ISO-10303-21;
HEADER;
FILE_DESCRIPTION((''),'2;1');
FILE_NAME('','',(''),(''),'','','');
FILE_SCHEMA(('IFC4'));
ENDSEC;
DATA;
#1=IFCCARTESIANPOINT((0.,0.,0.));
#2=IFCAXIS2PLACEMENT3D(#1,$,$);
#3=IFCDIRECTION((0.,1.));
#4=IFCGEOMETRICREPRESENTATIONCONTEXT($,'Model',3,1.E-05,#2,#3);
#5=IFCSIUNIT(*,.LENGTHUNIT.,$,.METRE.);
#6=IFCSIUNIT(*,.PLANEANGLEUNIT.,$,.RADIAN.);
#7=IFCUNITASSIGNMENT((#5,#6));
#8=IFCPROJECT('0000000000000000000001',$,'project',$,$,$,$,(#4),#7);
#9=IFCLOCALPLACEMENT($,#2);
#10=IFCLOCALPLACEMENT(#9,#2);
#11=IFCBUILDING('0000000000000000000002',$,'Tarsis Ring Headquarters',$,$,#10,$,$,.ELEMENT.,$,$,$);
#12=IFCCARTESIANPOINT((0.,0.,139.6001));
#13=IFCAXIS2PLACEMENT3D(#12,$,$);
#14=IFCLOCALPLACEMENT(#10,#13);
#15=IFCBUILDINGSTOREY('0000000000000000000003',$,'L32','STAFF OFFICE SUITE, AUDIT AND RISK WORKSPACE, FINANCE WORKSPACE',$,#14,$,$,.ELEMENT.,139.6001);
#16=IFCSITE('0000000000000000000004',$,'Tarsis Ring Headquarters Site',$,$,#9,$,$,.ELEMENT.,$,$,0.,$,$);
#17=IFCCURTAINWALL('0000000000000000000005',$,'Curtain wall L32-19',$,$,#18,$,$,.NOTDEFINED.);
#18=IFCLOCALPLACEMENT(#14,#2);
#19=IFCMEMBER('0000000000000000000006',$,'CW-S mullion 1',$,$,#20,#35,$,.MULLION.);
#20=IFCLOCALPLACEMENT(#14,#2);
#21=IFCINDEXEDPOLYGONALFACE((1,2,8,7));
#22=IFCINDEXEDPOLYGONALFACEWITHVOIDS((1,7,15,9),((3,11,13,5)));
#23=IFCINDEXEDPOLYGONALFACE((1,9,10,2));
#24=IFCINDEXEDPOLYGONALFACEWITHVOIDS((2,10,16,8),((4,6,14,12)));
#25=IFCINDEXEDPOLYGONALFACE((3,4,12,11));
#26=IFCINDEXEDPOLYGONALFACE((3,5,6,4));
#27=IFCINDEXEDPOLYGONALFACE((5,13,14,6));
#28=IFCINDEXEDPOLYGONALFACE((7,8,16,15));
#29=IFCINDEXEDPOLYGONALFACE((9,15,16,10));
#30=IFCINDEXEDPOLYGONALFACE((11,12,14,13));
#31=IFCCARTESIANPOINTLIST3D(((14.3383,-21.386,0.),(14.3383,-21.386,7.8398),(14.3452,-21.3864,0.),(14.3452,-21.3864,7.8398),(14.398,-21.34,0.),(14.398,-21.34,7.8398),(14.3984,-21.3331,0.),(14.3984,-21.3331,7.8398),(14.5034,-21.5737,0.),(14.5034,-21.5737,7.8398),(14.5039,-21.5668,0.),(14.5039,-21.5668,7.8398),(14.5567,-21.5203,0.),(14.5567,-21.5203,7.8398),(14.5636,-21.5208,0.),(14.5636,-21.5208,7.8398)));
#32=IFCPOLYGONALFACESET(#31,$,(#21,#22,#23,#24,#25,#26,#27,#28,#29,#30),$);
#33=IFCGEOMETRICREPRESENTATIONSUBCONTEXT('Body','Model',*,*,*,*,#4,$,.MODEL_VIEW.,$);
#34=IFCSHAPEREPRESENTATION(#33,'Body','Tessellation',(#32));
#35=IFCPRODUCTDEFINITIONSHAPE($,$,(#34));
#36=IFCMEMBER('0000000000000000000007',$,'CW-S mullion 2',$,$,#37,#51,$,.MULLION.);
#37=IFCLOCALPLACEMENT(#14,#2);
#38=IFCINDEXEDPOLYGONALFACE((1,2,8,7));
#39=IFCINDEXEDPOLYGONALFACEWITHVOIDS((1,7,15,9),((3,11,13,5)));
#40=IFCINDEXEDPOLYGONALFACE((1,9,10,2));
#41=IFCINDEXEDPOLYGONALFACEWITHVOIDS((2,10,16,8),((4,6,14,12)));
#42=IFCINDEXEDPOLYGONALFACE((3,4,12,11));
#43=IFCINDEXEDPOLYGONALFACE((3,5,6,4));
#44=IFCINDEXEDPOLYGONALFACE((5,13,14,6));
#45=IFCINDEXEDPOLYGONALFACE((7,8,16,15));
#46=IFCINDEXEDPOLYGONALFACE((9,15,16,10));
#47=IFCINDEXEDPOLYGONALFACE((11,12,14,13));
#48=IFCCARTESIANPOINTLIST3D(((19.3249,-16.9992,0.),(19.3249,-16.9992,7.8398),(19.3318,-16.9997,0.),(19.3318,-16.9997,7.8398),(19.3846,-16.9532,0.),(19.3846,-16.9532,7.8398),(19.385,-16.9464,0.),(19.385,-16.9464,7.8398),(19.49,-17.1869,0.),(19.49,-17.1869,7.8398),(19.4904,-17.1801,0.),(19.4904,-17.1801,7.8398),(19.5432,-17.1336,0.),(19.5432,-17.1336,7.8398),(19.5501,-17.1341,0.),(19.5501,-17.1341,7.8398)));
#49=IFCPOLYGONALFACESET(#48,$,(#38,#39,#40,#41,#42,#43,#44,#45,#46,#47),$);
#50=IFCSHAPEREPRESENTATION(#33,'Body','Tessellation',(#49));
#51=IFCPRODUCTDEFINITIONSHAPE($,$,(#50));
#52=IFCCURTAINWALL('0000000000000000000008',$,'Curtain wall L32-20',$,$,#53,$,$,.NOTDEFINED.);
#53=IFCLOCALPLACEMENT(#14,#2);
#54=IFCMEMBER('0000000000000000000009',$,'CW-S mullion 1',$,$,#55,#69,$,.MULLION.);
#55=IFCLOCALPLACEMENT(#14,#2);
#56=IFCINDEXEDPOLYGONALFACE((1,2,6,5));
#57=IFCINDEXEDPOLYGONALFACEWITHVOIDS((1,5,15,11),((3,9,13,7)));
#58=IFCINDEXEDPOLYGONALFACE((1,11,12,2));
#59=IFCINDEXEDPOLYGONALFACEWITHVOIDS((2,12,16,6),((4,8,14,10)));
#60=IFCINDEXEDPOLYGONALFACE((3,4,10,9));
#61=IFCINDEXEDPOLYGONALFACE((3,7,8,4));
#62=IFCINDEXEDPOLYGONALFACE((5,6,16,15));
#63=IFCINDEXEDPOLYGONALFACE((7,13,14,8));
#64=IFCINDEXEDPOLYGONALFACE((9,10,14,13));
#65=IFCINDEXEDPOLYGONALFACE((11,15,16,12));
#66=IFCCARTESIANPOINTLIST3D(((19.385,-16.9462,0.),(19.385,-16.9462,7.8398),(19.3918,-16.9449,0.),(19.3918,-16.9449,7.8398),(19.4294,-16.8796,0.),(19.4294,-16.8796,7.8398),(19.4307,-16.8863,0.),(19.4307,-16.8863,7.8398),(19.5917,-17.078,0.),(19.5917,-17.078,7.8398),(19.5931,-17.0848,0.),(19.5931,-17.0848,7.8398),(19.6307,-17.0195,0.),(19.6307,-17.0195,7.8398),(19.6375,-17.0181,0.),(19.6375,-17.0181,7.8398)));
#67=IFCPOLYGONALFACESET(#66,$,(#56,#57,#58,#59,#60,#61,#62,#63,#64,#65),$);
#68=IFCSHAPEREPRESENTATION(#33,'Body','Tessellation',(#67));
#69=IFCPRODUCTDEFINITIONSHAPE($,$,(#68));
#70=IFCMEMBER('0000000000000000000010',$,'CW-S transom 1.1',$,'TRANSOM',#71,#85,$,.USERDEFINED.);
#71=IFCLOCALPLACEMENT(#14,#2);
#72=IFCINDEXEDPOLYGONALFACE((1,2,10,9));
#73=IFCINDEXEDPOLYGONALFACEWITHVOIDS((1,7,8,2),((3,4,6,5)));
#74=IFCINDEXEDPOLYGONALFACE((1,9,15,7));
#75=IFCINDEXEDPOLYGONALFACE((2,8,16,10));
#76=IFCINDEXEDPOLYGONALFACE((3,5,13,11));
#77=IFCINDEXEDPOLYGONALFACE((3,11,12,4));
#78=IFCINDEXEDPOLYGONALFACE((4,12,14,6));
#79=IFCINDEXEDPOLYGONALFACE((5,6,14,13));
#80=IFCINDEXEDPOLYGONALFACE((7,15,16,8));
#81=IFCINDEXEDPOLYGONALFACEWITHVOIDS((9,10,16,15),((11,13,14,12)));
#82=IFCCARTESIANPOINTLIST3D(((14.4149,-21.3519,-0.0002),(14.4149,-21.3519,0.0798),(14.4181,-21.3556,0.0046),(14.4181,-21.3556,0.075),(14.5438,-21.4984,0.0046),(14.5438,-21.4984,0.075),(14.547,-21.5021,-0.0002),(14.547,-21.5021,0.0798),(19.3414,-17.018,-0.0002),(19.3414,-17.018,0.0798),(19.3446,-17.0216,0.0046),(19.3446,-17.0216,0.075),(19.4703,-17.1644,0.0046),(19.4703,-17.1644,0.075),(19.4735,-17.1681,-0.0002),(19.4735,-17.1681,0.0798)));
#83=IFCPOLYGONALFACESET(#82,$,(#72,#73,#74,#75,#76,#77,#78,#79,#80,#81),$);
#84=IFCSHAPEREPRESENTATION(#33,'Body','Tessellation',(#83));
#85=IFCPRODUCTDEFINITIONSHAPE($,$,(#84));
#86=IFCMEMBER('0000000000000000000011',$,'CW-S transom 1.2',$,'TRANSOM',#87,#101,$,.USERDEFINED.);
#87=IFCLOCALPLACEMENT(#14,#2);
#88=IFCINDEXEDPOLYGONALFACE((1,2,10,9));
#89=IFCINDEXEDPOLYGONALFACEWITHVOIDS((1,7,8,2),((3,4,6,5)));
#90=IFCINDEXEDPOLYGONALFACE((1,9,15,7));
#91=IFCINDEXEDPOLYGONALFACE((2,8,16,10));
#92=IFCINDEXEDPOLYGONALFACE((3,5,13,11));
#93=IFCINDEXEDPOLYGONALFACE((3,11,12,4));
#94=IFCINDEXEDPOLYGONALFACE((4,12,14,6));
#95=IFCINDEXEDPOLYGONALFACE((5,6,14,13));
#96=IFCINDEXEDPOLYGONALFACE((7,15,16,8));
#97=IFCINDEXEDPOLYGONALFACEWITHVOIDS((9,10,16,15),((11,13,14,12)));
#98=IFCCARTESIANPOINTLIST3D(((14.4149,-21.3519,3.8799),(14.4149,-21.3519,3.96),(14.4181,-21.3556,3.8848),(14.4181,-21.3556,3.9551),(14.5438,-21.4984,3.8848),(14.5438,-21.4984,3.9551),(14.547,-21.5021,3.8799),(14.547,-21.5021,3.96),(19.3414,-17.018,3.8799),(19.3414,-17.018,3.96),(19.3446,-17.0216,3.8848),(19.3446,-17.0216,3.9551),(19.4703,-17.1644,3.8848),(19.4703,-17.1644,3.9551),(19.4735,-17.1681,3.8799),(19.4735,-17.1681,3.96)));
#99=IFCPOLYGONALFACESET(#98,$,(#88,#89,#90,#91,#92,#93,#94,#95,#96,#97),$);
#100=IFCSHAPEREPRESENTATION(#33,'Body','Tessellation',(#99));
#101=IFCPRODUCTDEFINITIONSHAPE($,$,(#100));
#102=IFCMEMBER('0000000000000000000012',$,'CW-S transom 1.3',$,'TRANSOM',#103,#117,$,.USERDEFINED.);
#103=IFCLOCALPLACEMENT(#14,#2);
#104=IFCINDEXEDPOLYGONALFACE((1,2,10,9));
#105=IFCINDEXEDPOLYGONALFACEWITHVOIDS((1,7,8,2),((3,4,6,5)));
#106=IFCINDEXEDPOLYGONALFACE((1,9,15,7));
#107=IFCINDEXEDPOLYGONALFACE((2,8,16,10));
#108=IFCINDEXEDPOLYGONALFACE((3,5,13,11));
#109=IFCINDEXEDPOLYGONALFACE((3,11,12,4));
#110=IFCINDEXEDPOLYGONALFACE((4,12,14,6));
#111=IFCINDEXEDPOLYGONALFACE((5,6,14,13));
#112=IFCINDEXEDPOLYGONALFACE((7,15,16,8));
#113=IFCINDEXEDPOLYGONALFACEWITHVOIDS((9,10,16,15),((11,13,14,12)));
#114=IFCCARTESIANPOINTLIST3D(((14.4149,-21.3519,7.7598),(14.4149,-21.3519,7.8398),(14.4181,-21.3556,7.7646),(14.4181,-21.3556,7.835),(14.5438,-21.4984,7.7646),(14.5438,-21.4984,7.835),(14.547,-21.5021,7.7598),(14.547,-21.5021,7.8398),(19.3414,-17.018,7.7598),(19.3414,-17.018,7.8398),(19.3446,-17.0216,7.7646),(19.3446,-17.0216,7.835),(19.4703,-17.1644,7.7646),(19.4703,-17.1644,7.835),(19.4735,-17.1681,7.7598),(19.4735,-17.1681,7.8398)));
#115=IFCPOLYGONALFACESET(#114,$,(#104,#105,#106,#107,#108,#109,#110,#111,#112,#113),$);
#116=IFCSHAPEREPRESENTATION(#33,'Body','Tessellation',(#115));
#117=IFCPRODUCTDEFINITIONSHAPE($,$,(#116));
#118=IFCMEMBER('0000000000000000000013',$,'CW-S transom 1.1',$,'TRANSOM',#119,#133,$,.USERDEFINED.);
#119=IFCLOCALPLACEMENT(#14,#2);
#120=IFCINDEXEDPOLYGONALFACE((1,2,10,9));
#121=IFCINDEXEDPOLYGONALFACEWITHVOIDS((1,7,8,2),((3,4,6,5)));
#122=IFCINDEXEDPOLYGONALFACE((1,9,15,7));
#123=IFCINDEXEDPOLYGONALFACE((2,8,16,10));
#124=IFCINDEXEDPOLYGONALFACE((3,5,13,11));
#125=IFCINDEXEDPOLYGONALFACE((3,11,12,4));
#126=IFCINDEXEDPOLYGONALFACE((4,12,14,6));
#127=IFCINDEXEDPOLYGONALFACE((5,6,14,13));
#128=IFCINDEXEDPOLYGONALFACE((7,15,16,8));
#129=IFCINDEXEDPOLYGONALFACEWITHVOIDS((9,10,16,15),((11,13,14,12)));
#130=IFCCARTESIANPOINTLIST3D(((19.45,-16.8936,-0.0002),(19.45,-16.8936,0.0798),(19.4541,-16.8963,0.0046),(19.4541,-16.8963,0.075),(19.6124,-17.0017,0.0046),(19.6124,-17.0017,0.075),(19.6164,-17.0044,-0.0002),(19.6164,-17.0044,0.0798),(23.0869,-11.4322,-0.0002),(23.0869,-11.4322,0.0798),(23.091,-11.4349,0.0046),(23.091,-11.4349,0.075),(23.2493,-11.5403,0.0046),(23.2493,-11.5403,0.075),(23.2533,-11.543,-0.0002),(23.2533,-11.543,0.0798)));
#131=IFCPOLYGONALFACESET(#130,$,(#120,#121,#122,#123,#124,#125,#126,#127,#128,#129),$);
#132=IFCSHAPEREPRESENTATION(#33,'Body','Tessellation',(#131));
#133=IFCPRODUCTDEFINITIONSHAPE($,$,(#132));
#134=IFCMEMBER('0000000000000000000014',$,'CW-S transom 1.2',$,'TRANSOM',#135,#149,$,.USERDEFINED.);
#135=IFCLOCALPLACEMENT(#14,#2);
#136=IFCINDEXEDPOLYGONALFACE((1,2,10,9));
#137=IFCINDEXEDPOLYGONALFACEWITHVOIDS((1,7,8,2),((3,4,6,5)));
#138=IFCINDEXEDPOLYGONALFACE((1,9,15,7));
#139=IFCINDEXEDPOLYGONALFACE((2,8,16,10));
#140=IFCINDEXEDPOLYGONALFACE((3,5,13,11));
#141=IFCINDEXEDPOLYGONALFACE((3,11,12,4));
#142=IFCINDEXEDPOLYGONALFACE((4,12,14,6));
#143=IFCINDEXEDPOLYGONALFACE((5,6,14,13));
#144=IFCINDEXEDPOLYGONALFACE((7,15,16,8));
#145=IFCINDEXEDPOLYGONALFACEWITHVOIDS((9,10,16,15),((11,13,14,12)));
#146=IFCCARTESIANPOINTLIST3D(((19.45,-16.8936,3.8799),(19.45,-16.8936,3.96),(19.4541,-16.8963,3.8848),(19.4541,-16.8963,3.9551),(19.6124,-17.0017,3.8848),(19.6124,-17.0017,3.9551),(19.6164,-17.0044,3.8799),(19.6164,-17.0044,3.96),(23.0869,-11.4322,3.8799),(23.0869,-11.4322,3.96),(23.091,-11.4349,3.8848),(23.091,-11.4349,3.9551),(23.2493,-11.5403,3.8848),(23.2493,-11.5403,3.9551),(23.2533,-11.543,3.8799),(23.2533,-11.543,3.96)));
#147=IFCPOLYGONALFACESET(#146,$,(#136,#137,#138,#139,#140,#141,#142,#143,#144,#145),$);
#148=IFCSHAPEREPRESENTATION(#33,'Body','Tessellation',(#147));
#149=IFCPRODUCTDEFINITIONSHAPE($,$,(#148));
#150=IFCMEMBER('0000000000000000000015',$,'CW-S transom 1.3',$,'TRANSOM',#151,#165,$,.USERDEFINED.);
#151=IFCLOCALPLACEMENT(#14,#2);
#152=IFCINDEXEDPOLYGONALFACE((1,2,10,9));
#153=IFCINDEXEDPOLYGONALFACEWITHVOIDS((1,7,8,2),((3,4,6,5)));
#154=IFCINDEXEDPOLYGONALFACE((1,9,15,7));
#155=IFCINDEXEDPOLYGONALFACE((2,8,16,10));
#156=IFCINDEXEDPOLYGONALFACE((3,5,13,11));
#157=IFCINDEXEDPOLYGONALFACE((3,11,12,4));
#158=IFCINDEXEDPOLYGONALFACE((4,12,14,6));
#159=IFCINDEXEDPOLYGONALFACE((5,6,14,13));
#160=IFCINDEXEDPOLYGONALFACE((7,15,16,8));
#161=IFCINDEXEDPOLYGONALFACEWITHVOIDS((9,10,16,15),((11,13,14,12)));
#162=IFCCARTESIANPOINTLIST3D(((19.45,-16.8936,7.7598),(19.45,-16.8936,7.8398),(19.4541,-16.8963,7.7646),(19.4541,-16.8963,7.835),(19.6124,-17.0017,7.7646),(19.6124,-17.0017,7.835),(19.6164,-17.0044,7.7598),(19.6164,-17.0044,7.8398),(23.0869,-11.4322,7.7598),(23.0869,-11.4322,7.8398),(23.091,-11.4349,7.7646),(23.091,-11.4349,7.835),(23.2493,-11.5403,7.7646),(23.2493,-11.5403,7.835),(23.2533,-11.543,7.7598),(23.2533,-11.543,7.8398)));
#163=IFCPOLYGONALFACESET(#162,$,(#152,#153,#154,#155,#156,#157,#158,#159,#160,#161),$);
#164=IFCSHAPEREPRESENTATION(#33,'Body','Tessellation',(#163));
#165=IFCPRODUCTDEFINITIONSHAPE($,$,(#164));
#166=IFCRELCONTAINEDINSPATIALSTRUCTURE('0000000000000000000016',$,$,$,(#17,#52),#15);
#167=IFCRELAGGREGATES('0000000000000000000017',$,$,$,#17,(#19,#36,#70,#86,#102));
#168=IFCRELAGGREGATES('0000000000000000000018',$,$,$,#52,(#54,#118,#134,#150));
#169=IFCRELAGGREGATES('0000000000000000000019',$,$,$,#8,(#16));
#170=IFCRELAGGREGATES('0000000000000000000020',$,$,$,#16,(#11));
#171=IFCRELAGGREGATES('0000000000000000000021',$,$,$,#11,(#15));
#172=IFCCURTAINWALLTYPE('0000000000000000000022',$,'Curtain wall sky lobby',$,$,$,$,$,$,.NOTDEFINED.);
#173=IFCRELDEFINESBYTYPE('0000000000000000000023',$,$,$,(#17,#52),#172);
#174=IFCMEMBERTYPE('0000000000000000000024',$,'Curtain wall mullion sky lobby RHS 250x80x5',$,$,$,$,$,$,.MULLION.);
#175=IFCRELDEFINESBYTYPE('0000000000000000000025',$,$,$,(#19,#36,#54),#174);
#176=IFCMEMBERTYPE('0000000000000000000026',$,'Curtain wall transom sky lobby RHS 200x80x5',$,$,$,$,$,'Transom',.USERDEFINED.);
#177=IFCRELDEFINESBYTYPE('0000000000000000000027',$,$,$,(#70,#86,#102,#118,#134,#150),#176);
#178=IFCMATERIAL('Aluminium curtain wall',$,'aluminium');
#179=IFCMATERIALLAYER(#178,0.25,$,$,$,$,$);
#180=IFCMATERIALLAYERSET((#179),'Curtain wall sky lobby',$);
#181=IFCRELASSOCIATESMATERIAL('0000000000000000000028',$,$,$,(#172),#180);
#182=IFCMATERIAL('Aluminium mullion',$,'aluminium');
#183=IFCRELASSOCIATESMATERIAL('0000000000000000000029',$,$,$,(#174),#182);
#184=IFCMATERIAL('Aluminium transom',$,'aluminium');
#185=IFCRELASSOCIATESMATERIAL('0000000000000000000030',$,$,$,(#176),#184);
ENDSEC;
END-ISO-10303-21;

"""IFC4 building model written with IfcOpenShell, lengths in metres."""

from ifc_helpers import new_model, si_unit, direction, frame, origin, origin_2d, place, context, subcontext, project, spatial, hollow_rectangle, extrude, material, layer, layer_set, material_profile, profile_set, type_object, element, aggregate, save


model = new_model("IFC4")

# Units and contexts
model_context = context("Model", 3, precision=1e-05, world=origin(), true_north=direction((0.0, 1.0)))
body_context = subcontext(model_context, "Body", "Model", "MODEL_VIEW")
ifc_project = project(units=[si_unit("LENGTHUNIT", "METRE"), si_unit("PLANEANGLEUNIT", "RADIAN")], contexts=[model_context])

# Site, building, storey
site_placement = place(None, origin())
site = spatial("IfcSite", under=ifc_project, at=site_placement, Name="Tarsis Ring Headquarters Site", CompositionType="ELEMENT", RefElevation=0.0)
building_placement = place(site_placement, origin())
building = spatial("IfcBuilding", under=site, at=building_placement, Name="Tarsis Ring Headquarters", CompositionType="ELEMENT")
storey_placement = place(building_placement, frame((0.0, 0.0, 139.6001)))
storey = spatial("IfcBuildingStorey", under=building, at=storey_placement, Name="L32", Description="STAFF OFFICE SUITE, AUDIT AND RISK WORKSPACE, FINANCE WORKSPACE", CompositionType="ELEMENT", Elevation=139.6001)

# Shared definitions
ifc_material_1 = material(Name="Aluminium curtain wall", Category="aluminium")
ifc_layer_1 = layer(ifc_material_1, 0.25)
ifc_layer_set_1 = layer_set([ifc_layer_1], Name="Curtain wall sky lobby")
curtain_wall_type = type_object("IfcCurtainWallType", Name="Curtain wall sky lobby", PredefinedType="NOTDEFINED", material=ifc_layer_set_1)
ifc_material_2 = material(Name="Aluminium mullion", Category="aluminium")
ifc_material_profile_1 = material_profile(ifc_material_2, hollow_rectangle(XDim=0.25, YDim=0.0801, WallThickness=0.0049, at=origin_2d()), Name="RHS 250x80x5")
ifc_profile_set_1 = profile_set([ifc_material_profile_1], Name="Aluminium mullion")
member_type_1 = type_object("IfcMemberType", Name="Curtain wall mullion sky lobby RHS 250x80x5", PredefinedType="MULLION", material=ifc_profile_set_1)

# Curtain wall, members
curtain_wall_1_placement = place(storey_placement, origin())
curtain_wall_1 = element("IfcCurtainWall", 1, at=curtain_wall_1_placement, inside=storey, type_object=curtain_wall_type, Name="Curtain wall L32-19", PredefinedType="NOTDEFINED")
member_1_placement = place(storey_placement, frame((14.4509, -21.4534, 0.0), z_axis=(0.0, 0.0, 1.0), x_axis=(-0.660526, 0.750803, 0.0)))
member_1 = element("IfcMember", 2, at=member_1_placement, type_object=member_type_1, Name="CW-S mullion 1", PredefinedType="MULLION", context=body_context, shape_type="SweptSolid", body=[
    extrude(hollow_rectangle(XDim=0.25, YDim=0.0801, WallThickness=0.0049, at=origin_2d()), origin(), (0.0, 0.0, 1.0), 7.8398),
])
member_2_placement = place(storey_placement, frame((19.4375, -17.0667, 0.0), z_axis=(0.0, 0.0, 1.0), x_axis=(-0.660526, 0.750803, 0.0)))
member_2 = element("IfcMember", 3, at=member_2_placement, type_object=member_type_1, Name="CW-S mullion 2", PredefinedType="MULLION", context=body_context, shape_type="SweptSolid", body=[
    extrude(hollow_rectangle(XDim=0.25, YDim=0.0801, WallThickness=0.0049, at=origin_2d()), origin(), (0.0, 0.0, 1.0), 7.8398),
])

# Curtain wall, member
curtain_wall_2_placement = place(storey_placement, origin())
curtain_wall_2 = element("IfcCurtainWall", 4, at=curtain_wall_2_placement, inside=storey, type_object=curtain_wall_type, Name="Curtain wall L32-20", PredefinedType="NOTDEFINED")
member_3_placement = place(storey_placement, frame((19.5112, -16.9822, 0.0), z_axis=(0.0, 0.0, 1.0), x_axis=(-0.832341, 0.554263, 0.0)))
member_3 = element("IfcMember", 5, at=member_3_placement, type_object=member_type_1, Name="CW-S mullion 1", PredefinedType="MULLION", context=body_context, shape_type="SweptSolid", body=[
    extrude(hollow_rectangle(XDim=0.25, YDim=0.0801, WallThickness=0.0049, at=origin_2d()), origin(), (0.0, 0.0, 1.0), 7.8398),
])

# Members
ifc_material_3 = material(Name="Aluminium transom", Category="aluminium")
ifc_material_profile_2 = material_profile(ifc_material_3, hollow_rectangle(XDim=0.2, YDim=0.0801, WallThickness=0.0049, at=origin_2d()), Name="RHS 200x80x5")
ifc_profile_set_2 = profile_set([ifc_material_profile_2], Name="Aluminium transom")
member_type_2 = type_object("IfcMemberType", Name="Curtain wall transom sky lobby RHS 200x80x5", ElementType="Transom", PredefinedType="USERDEFINED", material=ifc_profile_set_2)
member_4_placement = place(storey_placement, frame((14.481, -21.427, 0.0398), z_axis=(0.750815, 0.660512, 0.0), x_axis=(-0.660512, 0.750815, 0.0)))
member_4 = element("IfcMember", 6, at=member_4_placement, type_object=member_type_2, Name="CW-S transom 1.1", ObjectType="TRANSOM", PredefinedType="USERDEFINED", context=body_context, shape_type="SweptSolid", body=[
    extrude(hollow_rectangle(XDim=0.2, YDim=0.0801, WallThickness=0.0049, at=origin_2d()), origin(), (0.0, 0.0, 1.0), 6.5615),
])
member_5_placement = place(storey_placement, frame((14.481, -21.427, 3.9199), z_axis=(0.750815, 0.660512, 0.0), x_axis=(-0.660512, 0.750815, 0.0)))
member_5 = element("IfcMember", 7, at=member_5_placement, type_object=member_type_2, Name="CW-S transom 1.2", ObjectType="TRANSOM", PredefinedType="USERDEFINED", context=body_context, shape_type="SweptSolid", body=[
    extrude(hollow_rectangle(XDim=0.2, YDim=0.0801, WallThickness=0.0049, at=origin_2d()), origin(), (0.0, 0.0, 1.0), 6.5615),
])
member_6_placement = place(storey_placement, frame((14.481, -21.427, 7.7998), z_axis=(0.750815, 0.660512, 0.0), x_axis=(-0.660512, 0.750815, 0.0)))
member_6 = element("IfcMember", 8, at=member_6_placement, type_object=member_type_2, Name="CW-S transom 1.3", ObjectType="TRANSOM", PredefinedType="USERDEFINED", context=body_context, shape_type="SweptSolid", body=[
    extrude(hollow_rectangle(XDim=0.2, YDim=0.0801, WallThickness=0.0049, at=origin_2d()), origin(), (0.0, 0.0, 1.0), 6.5615),
])
member_7_placement = place(storey_placement, frame((19.5332, -16.949, 0.0398), z_axis=(0.554279, 0.832331, 0.0), x_axis=(-0.832331, 0.554279, 0.0)))
member_7 = element("IfcMember", 9, at=member_7_placement, type_object=member_type_2, Name="CW-S transom 1.1", ObjectType="TRANSOM", PredefinedType="USERDEFINED", context=body_context, shape_type="SweptSolid", body=[
    extrude(hollow_rectangle(XDim=0.2, YDim=0.0801, WallThickness=0.0049, at=origin_2d()), origin(), (0.0, 0.0, 1.0), 6.5615),
])
member_8_placement = place(storey_placement, frame((19.5332, -16.949, 3.9199), z_axis=(0.554279, 0.832331, 0.0), x_axis=(-0.832331, 0.554279, 0.0)))
member_8 = element("IfcMember", 10, at=member_8_placement, type_object=member_type_2, Name="CW-S transom 1.2", ObjectType="TRANSOM", PredefinedType="USERDEFINED", context=body_context, shape_type="SweptSolid", body=[
    extrude(hollow_rectangle(XDim=0.2, YDim=0.0801, WallThickness=0.0049, at=origin_2d()), origin(), (0.0, 0.0, 1.0), 6.5615),
])
member_9_placement = place(storey_placement, frame((19.5332, -16.949, 7.7998), z_axis=(0.554279, 0.832331, 0.0), x_axis=(-0.832331, 0.554279, 0.0)))
member_9 = element("IfcMember", 11, at=member_9_placement, type_object=member_type_2, Name="CW-S transom 1.3", ObjectType="TRANSOM", PredefinedType="USERDEFINED", context=body_context, shape_type="SweptSolid", body=[
    extrude(hollow_rectangle(XDim=0.2, YDim=0.0801, WallThickness=0.0049, at=origin_2d()), origin(), (0.0, 0.0, 1.0), 6.5615),
])

aggregate(curtain_wall_1, [member_1, member_2, member_4, member_5, member_6])
aggregate(curtain_wall_2, [member_3, member_7, member_8, member_9])

save(model, "model.ifc")
